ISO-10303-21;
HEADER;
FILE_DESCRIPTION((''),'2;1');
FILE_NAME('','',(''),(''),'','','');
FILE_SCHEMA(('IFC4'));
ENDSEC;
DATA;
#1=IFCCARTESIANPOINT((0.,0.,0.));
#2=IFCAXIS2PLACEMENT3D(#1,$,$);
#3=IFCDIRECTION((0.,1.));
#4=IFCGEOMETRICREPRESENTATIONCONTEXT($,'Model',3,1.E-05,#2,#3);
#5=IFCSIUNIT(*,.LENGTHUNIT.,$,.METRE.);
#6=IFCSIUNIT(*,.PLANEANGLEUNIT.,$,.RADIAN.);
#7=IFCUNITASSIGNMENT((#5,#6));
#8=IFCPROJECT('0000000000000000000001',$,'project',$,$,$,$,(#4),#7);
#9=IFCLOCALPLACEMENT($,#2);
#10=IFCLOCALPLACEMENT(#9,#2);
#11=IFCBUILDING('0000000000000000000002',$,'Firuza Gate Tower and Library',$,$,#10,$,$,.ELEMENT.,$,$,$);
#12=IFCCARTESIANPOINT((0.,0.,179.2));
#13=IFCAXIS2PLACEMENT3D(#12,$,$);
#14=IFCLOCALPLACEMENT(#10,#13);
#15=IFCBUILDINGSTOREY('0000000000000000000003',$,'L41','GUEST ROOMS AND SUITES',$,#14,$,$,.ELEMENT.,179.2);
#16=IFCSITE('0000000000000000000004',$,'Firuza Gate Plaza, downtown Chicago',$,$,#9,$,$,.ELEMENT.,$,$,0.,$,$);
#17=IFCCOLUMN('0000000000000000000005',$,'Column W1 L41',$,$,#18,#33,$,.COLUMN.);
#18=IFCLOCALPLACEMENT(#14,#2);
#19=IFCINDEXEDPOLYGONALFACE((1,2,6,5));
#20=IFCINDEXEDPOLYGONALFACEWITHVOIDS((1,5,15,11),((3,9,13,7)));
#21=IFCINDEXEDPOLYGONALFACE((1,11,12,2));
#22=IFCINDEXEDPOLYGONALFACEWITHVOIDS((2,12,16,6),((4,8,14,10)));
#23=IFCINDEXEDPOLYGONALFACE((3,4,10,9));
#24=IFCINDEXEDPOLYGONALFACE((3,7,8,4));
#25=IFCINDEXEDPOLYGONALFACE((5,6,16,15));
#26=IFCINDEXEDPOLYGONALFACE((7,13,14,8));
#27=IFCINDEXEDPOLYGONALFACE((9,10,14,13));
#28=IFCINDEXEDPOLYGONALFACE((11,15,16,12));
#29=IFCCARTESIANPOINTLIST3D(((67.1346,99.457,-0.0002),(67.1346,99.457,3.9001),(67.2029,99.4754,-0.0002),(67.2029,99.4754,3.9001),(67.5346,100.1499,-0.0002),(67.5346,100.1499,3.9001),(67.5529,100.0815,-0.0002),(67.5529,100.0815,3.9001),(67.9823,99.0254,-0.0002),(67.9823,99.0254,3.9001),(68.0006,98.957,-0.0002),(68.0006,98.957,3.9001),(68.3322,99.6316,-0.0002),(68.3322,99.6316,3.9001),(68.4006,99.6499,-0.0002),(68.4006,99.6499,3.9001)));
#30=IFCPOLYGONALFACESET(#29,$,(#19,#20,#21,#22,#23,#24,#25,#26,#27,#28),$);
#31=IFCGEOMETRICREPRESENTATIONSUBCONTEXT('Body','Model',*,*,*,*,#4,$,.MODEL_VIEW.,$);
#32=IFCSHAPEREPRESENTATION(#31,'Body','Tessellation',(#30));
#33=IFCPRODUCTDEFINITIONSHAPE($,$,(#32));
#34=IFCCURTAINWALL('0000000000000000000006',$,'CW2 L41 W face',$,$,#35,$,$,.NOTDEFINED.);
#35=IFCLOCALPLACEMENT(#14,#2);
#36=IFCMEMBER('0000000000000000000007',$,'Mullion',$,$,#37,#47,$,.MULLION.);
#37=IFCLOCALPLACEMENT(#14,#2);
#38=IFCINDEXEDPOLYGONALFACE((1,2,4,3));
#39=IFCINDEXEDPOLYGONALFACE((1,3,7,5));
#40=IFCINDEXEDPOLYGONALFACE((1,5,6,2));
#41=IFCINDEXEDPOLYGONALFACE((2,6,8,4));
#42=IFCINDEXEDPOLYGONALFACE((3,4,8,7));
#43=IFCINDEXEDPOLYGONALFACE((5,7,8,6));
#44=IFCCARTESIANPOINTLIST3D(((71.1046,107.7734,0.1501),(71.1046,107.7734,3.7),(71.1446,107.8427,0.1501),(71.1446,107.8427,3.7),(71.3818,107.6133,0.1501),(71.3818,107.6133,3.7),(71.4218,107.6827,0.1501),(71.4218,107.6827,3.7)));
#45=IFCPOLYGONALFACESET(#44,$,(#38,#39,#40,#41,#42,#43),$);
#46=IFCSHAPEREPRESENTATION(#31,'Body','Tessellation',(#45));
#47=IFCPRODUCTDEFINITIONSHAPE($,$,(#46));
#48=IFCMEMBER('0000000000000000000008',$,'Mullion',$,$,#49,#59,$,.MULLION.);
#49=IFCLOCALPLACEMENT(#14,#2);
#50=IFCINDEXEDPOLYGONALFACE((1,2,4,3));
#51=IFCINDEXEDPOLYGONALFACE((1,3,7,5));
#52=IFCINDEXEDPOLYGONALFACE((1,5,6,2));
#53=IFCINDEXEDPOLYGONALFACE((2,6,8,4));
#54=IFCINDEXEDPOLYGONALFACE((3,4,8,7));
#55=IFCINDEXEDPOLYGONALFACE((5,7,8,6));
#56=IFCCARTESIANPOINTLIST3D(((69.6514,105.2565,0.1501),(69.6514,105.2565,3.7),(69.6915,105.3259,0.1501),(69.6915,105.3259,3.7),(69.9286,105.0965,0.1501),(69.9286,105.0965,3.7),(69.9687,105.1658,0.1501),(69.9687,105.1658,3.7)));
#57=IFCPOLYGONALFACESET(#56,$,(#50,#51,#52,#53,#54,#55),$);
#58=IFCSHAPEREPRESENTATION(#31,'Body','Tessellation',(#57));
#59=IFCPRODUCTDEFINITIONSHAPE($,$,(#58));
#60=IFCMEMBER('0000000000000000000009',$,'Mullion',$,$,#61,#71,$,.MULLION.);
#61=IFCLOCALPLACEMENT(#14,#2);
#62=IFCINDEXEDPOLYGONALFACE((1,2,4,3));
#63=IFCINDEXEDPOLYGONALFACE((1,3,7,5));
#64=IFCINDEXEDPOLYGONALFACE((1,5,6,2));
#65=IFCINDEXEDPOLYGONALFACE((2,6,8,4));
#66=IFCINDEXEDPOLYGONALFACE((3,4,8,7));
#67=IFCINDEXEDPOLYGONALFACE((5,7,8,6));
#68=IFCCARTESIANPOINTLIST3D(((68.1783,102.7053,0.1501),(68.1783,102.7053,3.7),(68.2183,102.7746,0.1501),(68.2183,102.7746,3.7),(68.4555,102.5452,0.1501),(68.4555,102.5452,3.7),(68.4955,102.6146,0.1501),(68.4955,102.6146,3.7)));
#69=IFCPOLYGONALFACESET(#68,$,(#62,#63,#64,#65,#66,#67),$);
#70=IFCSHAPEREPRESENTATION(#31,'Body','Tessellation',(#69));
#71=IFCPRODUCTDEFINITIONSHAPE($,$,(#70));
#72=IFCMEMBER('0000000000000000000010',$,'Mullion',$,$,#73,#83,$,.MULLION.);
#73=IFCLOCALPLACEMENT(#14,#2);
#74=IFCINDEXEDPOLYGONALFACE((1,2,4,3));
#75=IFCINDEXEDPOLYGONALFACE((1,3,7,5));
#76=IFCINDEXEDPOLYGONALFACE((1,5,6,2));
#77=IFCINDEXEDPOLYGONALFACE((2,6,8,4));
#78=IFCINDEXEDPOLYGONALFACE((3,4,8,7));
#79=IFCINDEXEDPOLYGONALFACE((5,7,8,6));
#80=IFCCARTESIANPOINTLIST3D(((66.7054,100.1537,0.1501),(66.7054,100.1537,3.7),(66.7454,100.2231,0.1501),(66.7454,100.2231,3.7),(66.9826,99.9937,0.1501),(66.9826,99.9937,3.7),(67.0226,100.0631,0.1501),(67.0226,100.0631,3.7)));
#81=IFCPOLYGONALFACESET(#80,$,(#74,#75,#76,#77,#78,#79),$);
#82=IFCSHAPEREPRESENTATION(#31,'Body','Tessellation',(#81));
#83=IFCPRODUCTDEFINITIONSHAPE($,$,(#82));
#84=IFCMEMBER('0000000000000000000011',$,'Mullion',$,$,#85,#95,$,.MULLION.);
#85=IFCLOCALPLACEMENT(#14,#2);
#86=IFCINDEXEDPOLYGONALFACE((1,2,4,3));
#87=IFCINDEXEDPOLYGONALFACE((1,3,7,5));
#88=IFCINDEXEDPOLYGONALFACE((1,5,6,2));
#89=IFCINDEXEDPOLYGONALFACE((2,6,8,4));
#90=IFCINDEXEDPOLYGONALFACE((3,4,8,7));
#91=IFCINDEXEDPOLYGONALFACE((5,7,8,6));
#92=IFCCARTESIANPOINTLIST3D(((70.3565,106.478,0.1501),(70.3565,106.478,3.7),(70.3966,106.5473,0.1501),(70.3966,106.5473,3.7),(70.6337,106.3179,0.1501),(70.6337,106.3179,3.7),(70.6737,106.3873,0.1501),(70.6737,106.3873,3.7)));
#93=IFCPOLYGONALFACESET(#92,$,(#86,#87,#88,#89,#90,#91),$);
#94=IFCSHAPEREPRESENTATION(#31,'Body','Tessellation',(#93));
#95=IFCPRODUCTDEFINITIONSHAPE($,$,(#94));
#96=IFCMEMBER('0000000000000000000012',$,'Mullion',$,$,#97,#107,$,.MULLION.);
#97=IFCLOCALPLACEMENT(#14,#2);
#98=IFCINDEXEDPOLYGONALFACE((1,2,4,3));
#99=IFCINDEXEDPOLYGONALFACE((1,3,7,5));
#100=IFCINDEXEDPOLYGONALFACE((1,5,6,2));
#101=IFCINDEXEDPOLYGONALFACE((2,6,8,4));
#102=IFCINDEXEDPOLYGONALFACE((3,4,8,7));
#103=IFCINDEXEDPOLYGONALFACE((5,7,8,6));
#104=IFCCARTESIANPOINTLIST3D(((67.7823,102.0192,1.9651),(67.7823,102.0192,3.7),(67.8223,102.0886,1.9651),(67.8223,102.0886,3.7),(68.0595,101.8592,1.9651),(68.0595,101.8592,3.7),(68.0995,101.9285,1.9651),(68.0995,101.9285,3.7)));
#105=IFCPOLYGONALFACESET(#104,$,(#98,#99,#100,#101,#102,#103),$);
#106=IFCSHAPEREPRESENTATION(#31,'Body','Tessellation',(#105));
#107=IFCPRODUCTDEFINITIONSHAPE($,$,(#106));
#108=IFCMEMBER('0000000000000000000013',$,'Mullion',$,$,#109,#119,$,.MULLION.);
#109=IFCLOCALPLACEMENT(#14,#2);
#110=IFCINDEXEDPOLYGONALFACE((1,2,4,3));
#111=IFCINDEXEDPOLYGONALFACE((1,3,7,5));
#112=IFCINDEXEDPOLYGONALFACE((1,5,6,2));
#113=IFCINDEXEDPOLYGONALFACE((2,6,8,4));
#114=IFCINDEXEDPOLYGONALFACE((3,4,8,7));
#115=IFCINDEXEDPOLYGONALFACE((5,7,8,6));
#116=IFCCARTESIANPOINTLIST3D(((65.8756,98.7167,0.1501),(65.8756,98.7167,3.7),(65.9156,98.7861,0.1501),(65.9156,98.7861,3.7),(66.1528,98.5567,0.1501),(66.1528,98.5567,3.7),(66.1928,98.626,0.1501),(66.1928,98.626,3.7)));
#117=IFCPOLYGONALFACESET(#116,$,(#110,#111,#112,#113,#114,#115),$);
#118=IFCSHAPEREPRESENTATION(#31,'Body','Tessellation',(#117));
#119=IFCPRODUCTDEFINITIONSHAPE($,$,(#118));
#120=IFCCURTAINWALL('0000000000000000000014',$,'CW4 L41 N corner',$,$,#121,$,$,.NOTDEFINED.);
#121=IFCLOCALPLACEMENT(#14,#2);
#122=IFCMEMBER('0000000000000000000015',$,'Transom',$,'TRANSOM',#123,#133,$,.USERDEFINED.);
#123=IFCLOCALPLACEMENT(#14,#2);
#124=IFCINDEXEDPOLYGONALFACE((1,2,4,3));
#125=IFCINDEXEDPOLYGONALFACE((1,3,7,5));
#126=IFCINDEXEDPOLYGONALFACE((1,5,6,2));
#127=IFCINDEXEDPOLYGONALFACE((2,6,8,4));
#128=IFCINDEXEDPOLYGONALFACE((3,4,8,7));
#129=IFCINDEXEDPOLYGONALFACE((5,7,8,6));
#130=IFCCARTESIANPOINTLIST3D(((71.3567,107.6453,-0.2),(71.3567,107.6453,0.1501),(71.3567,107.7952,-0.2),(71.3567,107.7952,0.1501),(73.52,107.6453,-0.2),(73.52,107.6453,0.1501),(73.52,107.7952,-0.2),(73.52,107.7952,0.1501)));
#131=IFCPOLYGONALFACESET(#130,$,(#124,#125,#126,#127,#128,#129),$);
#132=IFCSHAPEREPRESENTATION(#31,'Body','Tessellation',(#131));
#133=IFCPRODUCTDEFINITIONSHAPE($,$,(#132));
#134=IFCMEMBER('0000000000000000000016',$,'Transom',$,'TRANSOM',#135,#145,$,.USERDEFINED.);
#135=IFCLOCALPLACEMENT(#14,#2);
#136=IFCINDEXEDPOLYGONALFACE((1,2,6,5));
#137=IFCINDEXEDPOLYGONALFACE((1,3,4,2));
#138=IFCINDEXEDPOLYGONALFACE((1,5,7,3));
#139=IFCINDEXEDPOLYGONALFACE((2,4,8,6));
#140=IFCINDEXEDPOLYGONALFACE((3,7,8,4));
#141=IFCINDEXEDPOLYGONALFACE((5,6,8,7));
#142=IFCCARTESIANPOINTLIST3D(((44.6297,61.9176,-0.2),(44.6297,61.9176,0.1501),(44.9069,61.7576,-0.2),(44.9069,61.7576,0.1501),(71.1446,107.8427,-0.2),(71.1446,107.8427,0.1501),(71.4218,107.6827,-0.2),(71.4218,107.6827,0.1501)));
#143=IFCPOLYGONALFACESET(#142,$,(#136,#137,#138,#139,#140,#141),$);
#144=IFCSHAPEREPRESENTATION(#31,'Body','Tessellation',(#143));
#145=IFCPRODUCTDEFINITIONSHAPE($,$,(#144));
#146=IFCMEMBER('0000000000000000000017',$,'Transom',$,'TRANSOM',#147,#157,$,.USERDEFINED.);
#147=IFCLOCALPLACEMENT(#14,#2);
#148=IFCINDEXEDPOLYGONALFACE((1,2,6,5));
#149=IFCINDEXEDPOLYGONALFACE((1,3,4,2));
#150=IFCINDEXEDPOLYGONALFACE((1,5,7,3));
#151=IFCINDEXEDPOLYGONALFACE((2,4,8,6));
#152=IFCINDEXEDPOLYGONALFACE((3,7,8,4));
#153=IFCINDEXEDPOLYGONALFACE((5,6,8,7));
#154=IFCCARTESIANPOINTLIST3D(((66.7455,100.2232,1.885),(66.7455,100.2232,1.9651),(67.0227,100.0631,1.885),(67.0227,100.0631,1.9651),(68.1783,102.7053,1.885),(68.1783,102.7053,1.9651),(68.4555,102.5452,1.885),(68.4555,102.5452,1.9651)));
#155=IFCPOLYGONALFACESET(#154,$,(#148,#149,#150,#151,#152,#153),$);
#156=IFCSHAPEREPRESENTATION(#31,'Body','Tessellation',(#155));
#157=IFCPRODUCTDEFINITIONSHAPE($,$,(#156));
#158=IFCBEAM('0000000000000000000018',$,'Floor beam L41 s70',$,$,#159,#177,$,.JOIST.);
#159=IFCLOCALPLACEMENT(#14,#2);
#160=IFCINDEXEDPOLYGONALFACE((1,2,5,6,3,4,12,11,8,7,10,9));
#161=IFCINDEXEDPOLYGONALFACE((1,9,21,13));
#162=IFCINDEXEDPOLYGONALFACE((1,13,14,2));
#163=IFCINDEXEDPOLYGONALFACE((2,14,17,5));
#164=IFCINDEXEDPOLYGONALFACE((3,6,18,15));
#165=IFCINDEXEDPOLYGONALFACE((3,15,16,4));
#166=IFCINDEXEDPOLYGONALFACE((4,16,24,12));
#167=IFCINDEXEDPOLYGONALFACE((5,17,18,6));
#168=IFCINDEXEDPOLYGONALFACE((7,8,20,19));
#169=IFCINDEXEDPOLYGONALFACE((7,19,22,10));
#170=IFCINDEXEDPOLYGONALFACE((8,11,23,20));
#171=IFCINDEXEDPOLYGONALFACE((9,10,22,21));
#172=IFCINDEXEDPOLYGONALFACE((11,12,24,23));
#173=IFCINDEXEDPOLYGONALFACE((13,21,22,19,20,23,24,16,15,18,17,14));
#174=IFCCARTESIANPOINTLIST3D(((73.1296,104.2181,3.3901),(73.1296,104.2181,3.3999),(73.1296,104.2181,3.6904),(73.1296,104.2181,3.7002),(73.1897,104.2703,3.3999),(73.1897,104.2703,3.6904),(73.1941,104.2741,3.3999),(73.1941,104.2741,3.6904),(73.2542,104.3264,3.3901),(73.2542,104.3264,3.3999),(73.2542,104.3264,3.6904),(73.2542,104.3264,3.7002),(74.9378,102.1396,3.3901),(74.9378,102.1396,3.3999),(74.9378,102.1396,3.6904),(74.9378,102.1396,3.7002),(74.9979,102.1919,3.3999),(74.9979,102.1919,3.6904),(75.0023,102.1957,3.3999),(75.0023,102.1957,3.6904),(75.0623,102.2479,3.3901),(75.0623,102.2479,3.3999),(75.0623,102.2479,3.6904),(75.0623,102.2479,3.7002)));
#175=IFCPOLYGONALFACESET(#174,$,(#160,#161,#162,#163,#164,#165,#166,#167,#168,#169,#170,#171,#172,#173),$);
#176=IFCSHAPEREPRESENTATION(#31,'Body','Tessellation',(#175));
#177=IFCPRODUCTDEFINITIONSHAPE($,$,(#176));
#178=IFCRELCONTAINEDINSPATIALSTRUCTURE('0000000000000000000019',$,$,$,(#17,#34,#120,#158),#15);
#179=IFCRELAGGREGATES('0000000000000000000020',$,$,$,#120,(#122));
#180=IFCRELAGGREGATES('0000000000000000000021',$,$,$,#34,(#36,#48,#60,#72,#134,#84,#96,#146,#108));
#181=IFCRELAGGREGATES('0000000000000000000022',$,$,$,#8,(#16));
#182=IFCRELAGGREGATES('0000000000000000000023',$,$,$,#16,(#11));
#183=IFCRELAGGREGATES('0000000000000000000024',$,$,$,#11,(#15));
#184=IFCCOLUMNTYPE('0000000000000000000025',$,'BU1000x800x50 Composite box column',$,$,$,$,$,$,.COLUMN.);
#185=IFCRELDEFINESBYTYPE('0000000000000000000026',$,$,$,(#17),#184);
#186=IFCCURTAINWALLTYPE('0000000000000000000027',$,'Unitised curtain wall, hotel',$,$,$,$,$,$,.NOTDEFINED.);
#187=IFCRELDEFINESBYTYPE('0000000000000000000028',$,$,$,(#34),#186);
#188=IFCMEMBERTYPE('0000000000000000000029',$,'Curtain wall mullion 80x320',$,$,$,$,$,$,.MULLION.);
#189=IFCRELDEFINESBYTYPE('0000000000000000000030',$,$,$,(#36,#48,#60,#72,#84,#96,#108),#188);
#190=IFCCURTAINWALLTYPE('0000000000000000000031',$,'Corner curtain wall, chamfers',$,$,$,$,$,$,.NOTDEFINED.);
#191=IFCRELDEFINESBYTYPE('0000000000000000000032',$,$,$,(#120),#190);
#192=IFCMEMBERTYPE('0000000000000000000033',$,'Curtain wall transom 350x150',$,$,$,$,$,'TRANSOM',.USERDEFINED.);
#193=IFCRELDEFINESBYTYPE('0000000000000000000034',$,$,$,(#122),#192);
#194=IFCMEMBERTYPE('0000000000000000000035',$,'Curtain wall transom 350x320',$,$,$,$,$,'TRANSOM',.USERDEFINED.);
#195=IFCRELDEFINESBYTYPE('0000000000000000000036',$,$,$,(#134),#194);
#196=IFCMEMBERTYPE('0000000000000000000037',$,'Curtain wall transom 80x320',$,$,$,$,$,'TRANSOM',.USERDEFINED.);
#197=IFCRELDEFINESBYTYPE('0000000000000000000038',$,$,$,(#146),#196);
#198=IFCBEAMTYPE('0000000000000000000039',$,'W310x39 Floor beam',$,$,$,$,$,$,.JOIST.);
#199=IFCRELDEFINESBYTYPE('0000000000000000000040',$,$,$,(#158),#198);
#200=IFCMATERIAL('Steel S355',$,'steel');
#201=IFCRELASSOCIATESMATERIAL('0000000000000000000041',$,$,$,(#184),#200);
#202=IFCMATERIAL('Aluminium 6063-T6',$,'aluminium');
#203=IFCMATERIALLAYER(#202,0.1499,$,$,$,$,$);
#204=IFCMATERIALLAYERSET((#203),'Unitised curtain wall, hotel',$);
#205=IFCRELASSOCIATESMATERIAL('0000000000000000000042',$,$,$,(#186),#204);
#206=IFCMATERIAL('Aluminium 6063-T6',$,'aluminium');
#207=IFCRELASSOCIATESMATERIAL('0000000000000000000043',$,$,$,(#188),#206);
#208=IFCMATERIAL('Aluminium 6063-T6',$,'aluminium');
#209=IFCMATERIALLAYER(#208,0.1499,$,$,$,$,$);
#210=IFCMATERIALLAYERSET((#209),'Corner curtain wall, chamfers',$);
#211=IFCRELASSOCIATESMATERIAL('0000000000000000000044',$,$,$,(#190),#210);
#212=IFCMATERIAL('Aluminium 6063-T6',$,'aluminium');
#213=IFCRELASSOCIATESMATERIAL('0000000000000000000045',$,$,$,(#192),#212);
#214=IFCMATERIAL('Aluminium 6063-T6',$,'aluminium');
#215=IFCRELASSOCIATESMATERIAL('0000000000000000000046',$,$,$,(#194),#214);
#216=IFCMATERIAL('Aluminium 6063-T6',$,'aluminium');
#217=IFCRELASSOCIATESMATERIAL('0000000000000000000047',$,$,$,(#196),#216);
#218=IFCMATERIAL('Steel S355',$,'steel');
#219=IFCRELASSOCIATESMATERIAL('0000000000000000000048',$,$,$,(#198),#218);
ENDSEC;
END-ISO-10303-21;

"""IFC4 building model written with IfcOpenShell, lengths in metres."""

from ifc_helpers import new_model, si_unit, direction, frame, origin, origin_2d, place, context, subcontext, project, spatial, rectangle, hollow_rectangle, i_section, extrude, material, layer, layer_set, material_profile, profile_set, type_object, element, aggregate, save


model = new_model("IFC4")

# Units and contexts
model_context = context("Model", 3, precision=1e-05, world=origin(), true_north=direction((0.0, 1.0)))
body_context = subcontext(model_context, "Body", "Model", "MODEL_VIEW")
ifc_project = project(units=[si_unit("LENGTHUNIT", "METRE"), si_unit("PLANEANGLEUNIT", "RADIAN")], contexts=[model_context])

# Site, building, storey
site_placement = place(None, origin())
site = spatial("IfcSite", under=ifc_project, at=site_placement, Name="Firuza Gate Plaza, downtown Chicago", CompositionType="ELEMENT", RefElevation=0.0)
building_placement = place(site_placement, origin())
building = spatial("IfcBuilding", under=site, at=building_placement, Name="Firuza Gate Tower and Library", CompositionType="ELEMENT")
storey_placement = place(building_placement, frame((0.0, 0.0, 179.2)))
storey = spatial("IfcBuildingStorey", under=building, at=storey_placement, Name="L41", Description="GUEST ROOMS AND SUITES", CompositionType="ELEMENT", Elevation=179.2)

# Column
ifc_material_1 = material(Name="Steel S355", Category="steel")
ifc_material_profile_1 = material_profile(ifc_material_1, hollow_rectangle(XDim=0.8, YDim=1.0, WallThickness=0.05, at=origin_2d()))
ifc_profile_set_1 = profile_set([ifc_material_profile_1], Name="Steel S355")
column_type = type_object("IfcColumnType", Name="BU1000x800x50 Composite box column", PredefinedType="COLUMN", material=ifc_profile_set_1)
column_placement = place(storey_placement, frame((67.7676, 99.5535, -0.0002), z_axis=(0.0, 0.0, 1.0), x_axis=(-0.5, -0.866025, 0.0)))
element("IfcColumn", 1, at=column_placement, inside=storey, type_object=column_type, Name="Column W1 L41", PredefinedType="COLUMN", context=body_context, shape_type="SweptSolid", body=[
    extrude(hollow_rectangle(XDim=0.8, YDim=1.0, WallThickness=0.05, at=origin_2d()), origin(), (0.0, 0.0, 1.0), 3.9004),
])

# Curtain wall, members
ifc_material_2 = material(Name="Aluminium 6063-T6", Category="aluminium")
ifc_layer_1 = layer(ifc_material_2, 0.1499)
ifc_layer_set_1 = layer_set([ifc_layer_1], Name="Unitised curtain wall, hotel")
curtain_wall_type_1 = type_object("IfcCurtainWallType", Name="Unitised curtain wall, hotel", PredefinedType="NOTDEFINED", material=ifc_layer_set_1)
placement = place(storey_placement, origin())
curtain_wall_1 = element("IfcCurtainWall", 2, at=placement, inside=storey, type_object=curtain_wall_type_1, Name="CW2 L41 W face", PredefinedType="NOTDEFINED")
ifc_material_3 = material(Name="Aluminium 6063-T6", Category="aluminium")
ifc_material_profile_2 = material_profile(ifc_material_3, rectangle(XDim=0.3201, YDim=0.0801, at=origin_2d()))
ifc_profile_set_2 = profile_set([ifc_material_profile_2], Name="Aluminium 6063-T6")
member_type_1 = type_object("IfcMemberType", Name="Curtain wall mullion 80x320", PredefinedType="MULLION", material=ifc_profile_set_2)
member_1_placement = place(storey_placement, frame((71.2632, 107.728, 0.1501), z_axis=(0.0, 0.0, 1.0), x_axis=(0.866025, -0.5, 0.0)))
member_1 = element("IfcMember", 3, at=member_1_placement, type_object=member_type_1, Name="Mullion", PredefinedType="MULLION", context=body_context, shape_type="SweptSolid", body=[
    extrude(rectangle(XDim=0.3201, YDim=0.0801, at=origin_2d()), origin(), (0.0, 0.0, 1.0), 3.5498),
])
member_2_placement = place(storey_placement, frame((69.8101, 105.2112, 0.1501), z_axis=(0.0, 0.0, 1.0), x_axis=(0.866025, -0.5, 0.0)))
member_2 = element("IfcMember", 4, at=member_2_placement, type_object=member_type_1, Name="Mullion", PredefinedType="MULLION", context=body_context, shape_type="SweptSolid", body=[
    extrude(rectangle(XDim=0.3201, YDim=0.0801, at=origin_2d()), origin(), (0.0, 0.0, 1.0), 3.5498),
])
member_3_placement = place(storey_placement, frame((68.3369, 102.6599, 0.1501), z_axis=(0.0, 0.0, 1.0), x_axis=(0.866025, -0.5, 0.0)))
member_3 = element("IfcMember", 5, at=member_3_placement, type_object=member_type_1, Name="Mullion", PredefinedType="MULLION", context=body_context, shape_type="SweptSolid", body=[
    extrude(rectangle(XDim=0.3201, YDim=0.0801, at=origin_2d()), origin(), (0.0, 0.0, 1.0), 3.5498),
])
member_4_placement = place(storey_placement, frame((66.864, 100.1084, 0.1501), z_axis=(0.0, 0.0, 1.0), x_axis=(0.866025, -0.5, 0.0)))
member_4 = element("IfcMember", 6, at=member_4_placement, type_object=member_type_1, Name="Mullion", PredefinedType="MULLION", context=body_context, shape_type="SweptSolid", body=[
    extrude(rectangle(XDim=0.3201, YDim=0.0801, at=origin_2d()), origin(), (0.0, 0.0, 1.0), 3.5498),
])
member_5_placement = place(storey_placement, frame((70.5151, 106.4326, 0.1501), z_axis=(0.0, 0.0, 1.0), x_axis=(0.866025, -0.5, 0.0)))
member_5 = element("IfcMember", 7, at=member_5_placement, type_object=member_type_1, Name="Mullion", PredefinedType="MULLION", context=body_context, shape_type="SweptSolid", body=[
    extrude(rectangle(XDim=0.3201, YDim=0.0801, at=origin_2d()), origin(), (0.0, 0.0, 1.0), 3.5498),
])
member_6_placement = place(storey_placement, frame((67.9409, 101.9739, 1.9651), z_axis=(0.0, 0.0, 1.0), x_axis=(0.866025, -0.5, 0.0)))
member_6 = element("IfcMember", 8, at=member_6_placement, type_object=member_type_1, Name="Mullion", PredefinedType="MULLION", context=body_context, shape_type="SweptSolid", body=[
    extrude(rectangle(XDim=0.3201, YDim=0.0801, at=origin_2d()), origin(), (0.0, 0.0, 1.0), 1.7349),
])
member_7_placement = place(storey_placement, frame((66.0342, 98.6714, 0.1501), z_axis=(0.0, 0.0, 1.0), x_axis=(0.866025, -0.5, 0.0)))
member_7 = element("IfcMember", 9, at=member_7_placement, type_object=member_type_1, Name="Mullion", PredefinedType="MULLION", context=body_context, shape_type="SweptSolid", body=[
    extrude(rectangle(XDim=0.3201, YDim=0.0801, at=origin_2d()), origin(), (0.0, 0.0, 1.0), 3.5498),
])

# Curtain wall, member
ifc_material_4 = material(Name="Aluminium 6063-T6", Category="aluminium")
ifc_layer_2 = layer(ifc_material_4, 0.1499)
ifc_layer_set_2 = layer_set([ifc_layer_2], Name="Corner curtain wall, chamfers")
curtain_wall_type_2 = type_object("IfcCurtainWallType", Name="Corner curtain wall, chamfers", PredefinedType="NOTDEFINED", material=ifc_layer_set_2)
curtain_wall_2 = element("IfcCurtainWall", 10, at=placement, inside=storey, type_object=curtain_wall_type_2, Name="CW4 L41 N corner", PredefinedType="NOTDEFINED")
ifc_material_5 = material(Name="Aluminium 6063-T6", Category="aluminium")
ifc_material_profile_3 = material_profile(ifc_material_5, rectangle(XDim=0.1499, YDim=0.3501, at=origin_2d()))
ifc_profile_set_3 = profile_set([ifc_material_profile_3], Name="Aluminium 6063-T6")
member_type_2 = type_object("IfcMemberType", Name="Curtain wall transom 350x150", ElementType="TRANSOM", PredefinedType="USERDEFINED", material=ifc_profile_set_3)
member_8_placement = place(storey_placement, frame((73.52, 107.7202, -0.0249), z_axis=(-1.0, 0.0, 0.0), x_axis=(0.0, -1.0, 0.0)))
member_8 = element("IfcMember", 11, at=member_8_placement, type_object=member_type_2, Name="Transom", ObjectType="TRANSOM", PredefinedType="USERDEFINED", context=body_context, shape_type="SweptSolid", body=[
    extrude(rectangle(XDim=0.1499, YDim=0.3501, at=origin_2d()), origin(), (0.0, 0.0, 1.0), 2.1633),
])
aggregate(curtain_wall_2, [member_8])

# Members
ifc_material_6 = material(Name="Aluminium 6063-T6", Category="aluminium")
ifc_material_profile_4 = material_profile(ifc_material_6, rectangle(XDim=0.3201, YDim=0.3501, at=origin_2d()))
ifc_profile_set_4 = profile_set([ifc_material_profile_4], Name="Aluminium 6063-T6")
member_type_3 = type_object("IfcMemberType", Name="Curtain wall transom 350x320", ElementType="TRANSOM", PredefinedType="USERDEFINED", material=ifc_profile_set_4)
member_9_placement = place(storey_placement, frame((71.2832, 107.7627, -0.0249), z_axis=(-0.500001, -0.866025, 0.0), x_axis=(0.866025, -0.500001, 0.0)))
member_9 = element("IfcMember", 12, at=member_9_placement, type_object=member_type_3, Name="Transom", ObjectType="TRANSOM", PredefinedType="USERDEFINED", context=body_context, shape_type="SweptSolid", body=[
    extrude(rectangle(XDim=0.3201, YDim=0.3501, at=origin_2d()), origin(), (0.0, 0.0, 1.0), 53.0298),
])
ifc_material_7 = material(Name="Aluminium 6063-T6", Category="aluminium")
ifc_material_profile_5 = material_profile(ifc_material_7, rectangle(XDim=0.3201, YDim=0.0801, at=origin_2d()))
ifc_profile_set_5 = profile_set([ifc_material_profile_5], Name="Aluminium 6063-T6")
member_type_4 = type_object("IfcMemberType", Name="Curtain wall transom 80x320", ElementType="TRANSOM", PredefinedType="USERDEFINED", material=ifc_profile_set_5)
member_10_placement = place(storey_placement, frame((68.3169, 102.6252, 1.925), z_axis=(-0.499941, -0.866059, 0.0), x_axis=(0.866059, -0.499941, 0.0)))
member_10 = element("IfcMember", 13, at=member_10_placement, type_object=member_type_4, Name="Transom", ObjectType="TRANSOM", PredefinedType="USERDEFINED", context=body_context, shape_type="SweptSolid", body=[
    extrude(rectangle(XDim=0.3201, YDim=0.0801, at=origin_2d()), origin(), (0.0, 0.0, 1.0), 2.866),
])

# Beam
ifc_material_8 = material(Name="Steel S355", Category="steel")
ifc_material_profile_6 = material_profile(ifc_material_8, i_section(OverallWidth=0.165, OverallDepth=0.3101, WebThickness=0.0059, FlangeThickness=0.0098, at=origin_2d()))
ifc_profile_set_6 = profile_set([ifc_material_profile_6], Name="Steel S355")
beam_type_1 = type_object("IfcBeamType", Name="W310x39 Floor beam", PredefinedType="JOIST", material=ifc_profile_set_6)
beam_1_placement = place(storey_placement, frame((73.1919, 104.2722, 3.5452), z_axis=(0.65635, -0.754457, 0.0), x_axis=(0.754457, 0.65635, 0.0)))
element("IfcBeam", 14, at=beam_1_placement, inside=storey, type_object=beam_type_1, Name="Floor beam L41 s70", PredefinedType="JOIST", context=body_context, shape_type="SweptSolid", body=[
    extrude(i_section(OverallWidth=0.165, OverallDepth=0.3101, WebThickness=0.0059, FlangeThickness=0.0098, at=origin_2d()), origin(), (0.0, 0.0, 1.0), 2.7549),
])

aggregate(curtain_wall_1, [member_1, member_2, member_3, member_4, member_9, member_5, member_6, member_10, member_7])

save(model, "model.ifc")
